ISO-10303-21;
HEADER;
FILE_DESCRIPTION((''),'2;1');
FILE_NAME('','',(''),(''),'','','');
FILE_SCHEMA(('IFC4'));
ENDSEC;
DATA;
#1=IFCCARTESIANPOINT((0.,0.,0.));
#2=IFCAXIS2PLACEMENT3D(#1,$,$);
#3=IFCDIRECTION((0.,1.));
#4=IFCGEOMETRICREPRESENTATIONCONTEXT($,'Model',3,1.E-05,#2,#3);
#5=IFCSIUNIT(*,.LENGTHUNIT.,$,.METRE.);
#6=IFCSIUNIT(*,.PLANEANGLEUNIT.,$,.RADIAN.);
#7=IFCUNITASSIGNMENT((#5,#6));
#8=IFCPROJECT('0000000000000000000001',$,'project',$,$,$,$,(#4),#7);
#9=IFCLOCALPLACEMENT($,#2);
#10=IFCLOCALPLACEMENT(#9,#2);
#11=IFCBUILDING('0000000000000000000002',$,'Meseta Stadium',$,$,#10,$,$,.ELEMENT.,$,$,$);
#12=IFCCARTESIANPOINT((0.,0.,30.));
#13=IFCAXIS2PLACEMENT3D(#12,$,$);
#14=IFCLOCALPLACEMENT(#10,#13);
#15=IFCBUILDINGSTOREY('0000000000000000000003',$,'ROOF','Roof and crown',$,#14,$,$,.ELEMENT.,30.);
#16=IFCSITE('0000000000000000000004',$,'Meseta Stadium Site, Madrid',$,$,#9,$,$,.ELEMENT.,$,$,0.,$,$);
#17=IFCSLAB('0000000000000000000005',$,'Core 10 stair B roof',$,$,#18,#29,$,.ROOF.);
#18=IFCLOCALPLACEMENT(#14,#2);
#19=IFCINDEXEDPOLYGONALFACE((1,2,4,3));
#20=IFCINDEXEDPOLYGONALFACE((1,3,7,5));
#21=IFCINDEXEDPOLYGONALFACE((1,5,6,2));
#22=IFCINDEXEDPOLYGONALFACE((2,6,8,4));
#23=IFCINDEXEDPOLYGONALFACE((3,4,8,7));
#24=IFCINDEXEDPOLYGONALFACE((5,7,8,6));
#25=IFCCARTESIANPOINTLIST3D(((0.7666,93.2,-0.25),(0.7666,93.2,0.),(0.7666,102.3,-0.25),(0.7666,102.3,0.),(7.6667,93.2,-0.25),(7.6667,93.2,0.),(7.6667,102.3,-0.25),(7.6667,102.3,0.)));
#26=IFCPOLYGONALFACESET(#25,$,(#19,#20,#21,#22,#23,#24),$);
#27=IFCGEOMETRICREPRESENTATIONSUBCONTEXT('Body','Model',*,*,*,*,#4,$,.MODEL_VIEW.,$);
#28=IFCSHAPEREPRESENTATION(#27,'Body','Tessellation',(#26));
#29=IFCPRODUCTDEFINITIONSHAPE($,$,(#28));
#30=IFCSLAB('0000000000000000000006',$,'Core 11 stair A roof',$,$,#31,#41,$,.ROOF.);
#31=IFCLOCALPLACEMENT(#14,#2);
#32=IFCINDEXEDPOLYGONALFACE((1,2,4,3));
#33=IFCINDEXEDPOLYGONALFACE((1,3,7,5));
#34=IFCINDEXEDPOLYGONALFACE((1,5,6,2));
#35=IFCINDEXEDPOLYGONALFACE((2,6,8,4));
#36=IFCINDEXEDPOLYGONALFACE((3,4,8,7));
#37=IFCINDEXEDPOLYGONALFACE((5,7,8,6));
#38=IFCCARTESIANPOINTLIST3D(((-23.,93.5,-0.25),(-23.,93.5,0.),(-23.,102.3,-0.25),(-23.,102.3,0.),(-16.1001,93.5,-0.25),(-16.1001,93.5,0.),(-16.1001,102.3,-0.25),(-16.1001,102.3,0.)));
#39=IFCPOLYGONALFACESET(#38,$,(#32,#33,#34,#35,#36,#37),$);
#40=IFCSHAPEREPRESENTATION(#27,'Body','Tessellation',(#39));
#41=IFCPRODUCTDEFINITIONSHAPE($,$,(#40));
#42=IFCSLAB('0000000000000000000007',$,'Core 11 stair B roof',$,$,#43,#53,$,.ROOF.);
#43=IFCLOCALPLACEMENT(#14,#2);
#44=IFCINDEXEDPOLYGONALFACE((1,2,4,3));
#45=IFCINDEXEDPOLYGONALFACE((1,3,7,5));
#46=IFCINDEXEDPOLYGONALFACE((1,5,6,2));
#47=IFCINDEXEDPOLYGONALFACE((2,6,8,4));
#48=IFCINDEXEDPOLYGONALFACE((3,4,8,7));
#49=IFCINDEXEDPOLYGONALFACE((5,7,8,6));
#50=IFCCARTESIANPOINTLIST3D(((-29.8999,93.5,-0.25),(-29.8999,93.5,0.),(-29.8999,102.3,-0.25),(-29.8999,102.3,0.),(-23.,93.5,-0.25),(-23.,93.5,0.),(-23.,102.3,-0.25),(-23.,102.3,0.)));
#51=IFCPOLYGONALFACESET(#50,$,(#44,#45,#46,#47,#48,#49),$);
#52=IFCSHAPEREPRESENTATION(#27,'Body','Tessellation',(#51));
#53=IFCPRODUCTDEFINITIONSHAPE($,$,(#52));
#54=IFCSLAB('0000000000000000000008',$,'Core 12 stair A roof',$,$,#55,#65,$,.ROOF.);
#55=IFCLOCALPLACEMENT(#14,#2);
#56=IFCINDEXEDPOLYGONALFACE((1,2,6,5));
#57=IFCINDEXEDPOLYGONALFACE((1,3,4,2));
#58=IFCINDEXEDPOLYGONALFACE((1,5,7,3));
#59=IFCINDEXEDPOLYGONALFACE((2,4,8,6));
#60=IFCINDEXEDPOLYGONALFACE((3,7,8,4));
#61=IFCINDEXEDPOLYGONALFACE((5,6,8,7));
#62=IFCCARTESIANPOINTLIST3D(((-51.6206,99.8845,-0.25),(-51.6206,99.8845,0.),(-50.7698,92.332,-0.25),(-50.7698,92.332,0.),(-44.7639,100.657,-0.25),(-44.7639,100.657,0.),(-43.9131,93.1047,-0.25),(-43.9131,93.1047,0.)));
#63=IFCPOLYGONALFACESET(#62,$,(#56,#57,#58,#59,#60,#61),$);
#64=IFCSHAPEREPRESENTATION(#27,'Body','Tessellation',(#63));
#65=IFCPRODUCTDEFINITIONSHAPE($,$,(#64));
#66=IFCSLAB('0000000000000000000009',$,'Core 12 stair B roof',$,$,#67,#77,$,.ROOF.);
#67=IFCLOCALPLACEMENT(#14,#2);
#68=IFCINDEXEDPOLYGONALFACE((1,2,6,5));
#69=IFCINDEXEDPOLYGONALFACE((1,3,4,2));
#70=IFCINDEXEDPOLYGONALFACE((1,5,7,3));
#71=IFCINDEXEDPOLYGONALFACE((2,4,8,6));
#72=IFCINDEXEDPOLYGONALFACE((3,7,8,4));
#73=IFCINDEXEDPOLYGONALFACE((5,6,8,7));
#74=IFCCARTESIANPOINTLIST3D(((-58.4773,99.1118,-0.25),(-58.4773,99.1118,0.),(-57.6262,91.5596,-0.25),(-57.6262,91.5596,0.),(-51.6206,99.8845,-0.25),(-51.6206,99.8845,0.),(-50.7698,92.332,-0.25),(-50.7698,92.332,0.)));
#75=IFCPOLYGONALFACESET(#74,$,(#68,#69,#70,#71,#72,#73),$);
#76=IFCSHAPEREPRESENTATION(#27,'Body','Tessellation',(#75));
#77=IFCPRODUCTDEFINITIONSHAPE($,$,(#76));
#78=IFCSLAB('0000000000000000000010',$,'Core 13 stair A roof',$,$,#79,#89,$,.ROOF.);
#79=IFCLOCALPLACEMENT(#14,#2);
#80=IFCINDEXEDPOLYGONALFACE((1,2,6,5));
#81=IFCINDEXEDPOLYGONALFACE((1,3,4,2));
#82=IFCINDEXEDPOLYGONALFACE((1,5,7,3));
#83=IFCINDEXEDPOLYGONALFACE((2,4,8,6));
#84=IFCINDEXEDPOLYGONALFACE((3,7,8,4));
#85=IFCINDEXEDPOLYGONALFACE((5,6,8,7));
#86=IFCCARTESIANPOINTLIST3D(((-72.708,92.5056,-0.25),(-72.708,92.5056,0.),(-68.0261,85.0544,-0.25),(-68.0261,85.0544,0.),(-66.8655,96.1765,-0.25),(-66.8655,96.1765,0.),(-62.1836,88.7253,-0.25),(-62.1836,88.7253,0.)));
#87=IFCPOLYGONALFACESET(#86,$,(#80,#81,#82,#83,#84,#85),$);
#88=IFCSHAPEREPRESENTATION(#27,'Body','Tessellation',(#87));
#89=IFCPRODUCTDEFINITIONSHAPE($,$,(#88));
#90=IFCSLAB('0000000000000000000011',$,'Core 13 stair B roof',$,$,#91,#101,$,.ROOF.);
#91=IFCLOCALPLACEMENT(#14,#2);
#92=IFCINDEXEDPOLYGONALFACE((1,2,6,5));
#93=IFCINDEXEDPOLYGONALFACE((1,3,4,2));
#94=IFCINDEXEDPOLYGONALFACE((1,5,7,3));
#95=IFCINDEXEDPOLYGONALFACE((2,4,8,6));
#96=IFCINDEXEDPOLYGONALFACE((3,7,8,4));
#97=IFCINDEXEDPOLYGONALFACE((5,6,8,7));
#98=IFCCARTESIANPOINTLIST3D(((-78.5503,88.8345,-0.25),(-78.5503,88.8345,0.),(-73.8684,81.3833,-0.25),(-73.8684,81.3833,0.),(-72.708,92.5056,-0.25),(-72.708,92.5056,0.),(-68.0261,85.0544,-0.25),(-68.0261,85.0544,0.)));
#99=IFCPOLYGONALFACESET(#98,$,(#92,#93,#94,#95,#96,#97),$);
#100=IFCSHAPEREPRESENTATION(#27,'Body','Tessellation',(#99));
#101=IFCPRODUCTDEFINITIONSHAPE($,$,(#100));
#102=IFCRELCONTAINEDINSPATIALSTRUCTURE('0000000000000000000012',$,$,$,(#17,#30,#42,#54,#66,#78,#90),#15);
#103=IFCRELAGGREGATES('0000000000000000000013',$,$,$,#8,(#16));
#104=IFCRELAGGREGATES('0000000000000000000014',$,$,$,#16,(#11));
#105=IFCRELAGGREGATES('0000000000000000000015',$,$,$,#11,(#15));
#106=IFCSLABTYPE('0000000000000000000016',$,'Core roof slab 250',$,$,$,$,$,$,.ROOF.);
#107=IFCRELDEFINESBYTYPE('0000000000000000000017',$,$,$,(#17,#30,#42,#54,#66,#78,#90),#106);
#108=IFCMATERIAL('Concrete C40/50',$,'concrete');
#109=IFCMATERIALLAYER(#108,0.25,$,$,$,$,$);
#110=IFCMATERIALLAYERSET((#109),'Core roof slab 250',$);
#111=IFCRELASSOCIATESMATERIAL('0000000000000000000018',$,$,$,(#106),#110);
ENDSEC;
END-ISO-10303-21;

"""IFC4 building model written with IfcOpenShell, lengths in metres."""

from ifc_helpers import new_model, si_unit, direction, frame, origin, place, context, subcontext, project, spatial, polyline, outline, extrude, material, layer, layer_set, type_object, element, save


model = new_model("IFC4")

# Units and contexts
model_context = context("Model", 3, precision=1e-05, world=origin(), true_north=direction((0.0, 1.0)))
body_context = subcontext(model_context, "Body", "Model", "MODEL_VIEW")
ifc_project = project(units=[si_unit("LENGTHUNIT", "METRE"), si_unit("PLANEANGLEUNIT", "RADIAN")], contexts=[model_context])

# Site, building, storey
site_placement = place(None, origin())
site = spatial("IfcSite", under=ifc_project, at=site_placement, Name="Meseta Stadium Site, Madrid", CompositionType="ELEMENT", RefElevation=0.0)
building_placement = place(site_placement, origin())
building = spatial("IfcBuilding", under=site, at=building_placement, Name="Meseta Stadium", CompositionType="ELEMENT")
storey_placement = place(building_placement, frame((0.0, 0.0, 30.0)))
storey = spatial("IfcBuildingStorey", under=building, at=storey_placement, Name="ROOF", Description="Roof and crown", CompositionType="ELEMENT", Elevation=30.0)

# Slabs
ifc_material = material(Name="Concrete C40/50", Category="concrete")
ifc_layer = layer(ifc_material, 0.25)
ifc_layer_set = layer_set([ifc_layer], Name="Core roof slab 250")
slab_type = type_object("IfcSlabType", Name="Core roof slab 250", PredefinedType="ROOF", material=ifc_layer_set)
slab_1_placement = place(storey_placement, frame((0.0, 0.0, -0.25)))
element("IfcSlab", 1, at=slab_1_placement, inside=storey, type_object=slab_type, Name="Core 10 stair B roof", PredefinedType="ROOF", context=body_context, shape_type="SweptSolid", body=[
    extrude(outline(polyline([(7.6667, 102.3), (7.6667, 93.2), (0.7666, 93.2), (0.7666, 102.3), (7.6667, 102.3)])), origin(), (0.0, 0.0, 1.0), 0.25),
])
slab_2_placement = place(storey_placement, frame((0.0, 0.0, -0.25)))
element("IfcSlab", 2, at=slab_2_placement, inside=storey, type_object=slab_type, Name="Core 11 stair A roof", PredefinedType="ROOF", context=body_context, shape_type="SweptSolid", body=[
    extrude(outline(polyline([(-16.1001, 102.3), (-16.1001, 93.5), (-23.0, 93.5), (-23.0, 102.3), (-16.1001, 102.3)])), origin(), (0.0, 0.0, 1.0), 0.25),
])
slab_3_placement = place(storey_placement, frame((0.0, 0.0, -0.25)))
element("IfcSlab", 3, at=slab_3_placement, inside=storey, type_object=slab_type, Name="Core 11 stair B roof", PredefinedType="ROOF", context=body_context, shape_type="SweptSolid", body=[
    extrude(outline(polyline([(-23.0, 102.3), (-23.0, 93.5), (-29.8999, 93.5), (-29.8999, 102.3), (-23.0, 102.3)])), origin(), (0.0, 0.0, 1.0), 0.25),
])
slab_4_placement = place(storey_placement, frame((0.0, 0.0, -0.25)))
element("IfcSlab", 4, at=slab_4_placement, inside=storey, type_object=slab_type, Name="Core 12 stair A roof", PredefinedType="ROOF", context=body_context, shape_type="SweptSolid", body=[
    extrude(outline(polyline([(-44.7639, 100.657), (-43.9131, 93.1047), (-50.7698, 92.332), (-51.6206, 99.8845), (-44.7639, 100.657)])), origin(), (0.0, 0.0, 1.0), 0.25),
])
slab_5_placement = place(storey_placement, frame((0.0, 0.0, -0.25)))
element("IfcSlab", 5, at=slab_5_placement, inside=storey, type_object=slab_type, Name="Core 12 stair B roof", PredefinedType="ROOF", context=body_context, shape_type="SweptSolid", body=[
    extrude(outline(polyline([(-51.6206, 99.8845), (-50.7698, 92.332), (-57.6262, 91.5596), (-58.4773, 99.1118), (-51.6206, 99.8845)])), origin(), (0.0, 0.0, 1.0), 0.25),
])
slab_6_placement = place(storey_placement, frame((0.0, 0.0, -0.25)))
element("IfcSlab", 6, at=slab_6_placement, inside=storey, type_object=slab_type, Name="Core 13 stair A roof", PredefinedType="ROOF", context=body_context, shape_type="SweptSolid", body=[
    extrude(outline(polyline([(-66.8655, 96.1765), (-62.1836, 88.7253), (-68.0261, 85.0544), (-72.708, 92.5056), (-66.8655, 96.1765)])), origin(), (0.0, 0.0, 1.0), 0.25),
])
slab_7_placement = place(storey_placement, frame((0.0, 0.0, -0.25)))
element("IfcSlab", 7, at=slab_7_placement, inside=storey, type_object=slab_type, Name="Core 13 stair B roof", PredefinedType="ROOF", context=body_context, shape_type="SweptSolid", body=[
    extrude(outline(polyline([(-72.708, 92.5056), (-68.0261, 85.0544), (-73.8684, 81.3833), (-78.5503, 88.8345), (-72.708, 92.5056)])), origin(), (0.0, 0.0, 1.0), 0.25),
])

save(model, "model.ifc")
